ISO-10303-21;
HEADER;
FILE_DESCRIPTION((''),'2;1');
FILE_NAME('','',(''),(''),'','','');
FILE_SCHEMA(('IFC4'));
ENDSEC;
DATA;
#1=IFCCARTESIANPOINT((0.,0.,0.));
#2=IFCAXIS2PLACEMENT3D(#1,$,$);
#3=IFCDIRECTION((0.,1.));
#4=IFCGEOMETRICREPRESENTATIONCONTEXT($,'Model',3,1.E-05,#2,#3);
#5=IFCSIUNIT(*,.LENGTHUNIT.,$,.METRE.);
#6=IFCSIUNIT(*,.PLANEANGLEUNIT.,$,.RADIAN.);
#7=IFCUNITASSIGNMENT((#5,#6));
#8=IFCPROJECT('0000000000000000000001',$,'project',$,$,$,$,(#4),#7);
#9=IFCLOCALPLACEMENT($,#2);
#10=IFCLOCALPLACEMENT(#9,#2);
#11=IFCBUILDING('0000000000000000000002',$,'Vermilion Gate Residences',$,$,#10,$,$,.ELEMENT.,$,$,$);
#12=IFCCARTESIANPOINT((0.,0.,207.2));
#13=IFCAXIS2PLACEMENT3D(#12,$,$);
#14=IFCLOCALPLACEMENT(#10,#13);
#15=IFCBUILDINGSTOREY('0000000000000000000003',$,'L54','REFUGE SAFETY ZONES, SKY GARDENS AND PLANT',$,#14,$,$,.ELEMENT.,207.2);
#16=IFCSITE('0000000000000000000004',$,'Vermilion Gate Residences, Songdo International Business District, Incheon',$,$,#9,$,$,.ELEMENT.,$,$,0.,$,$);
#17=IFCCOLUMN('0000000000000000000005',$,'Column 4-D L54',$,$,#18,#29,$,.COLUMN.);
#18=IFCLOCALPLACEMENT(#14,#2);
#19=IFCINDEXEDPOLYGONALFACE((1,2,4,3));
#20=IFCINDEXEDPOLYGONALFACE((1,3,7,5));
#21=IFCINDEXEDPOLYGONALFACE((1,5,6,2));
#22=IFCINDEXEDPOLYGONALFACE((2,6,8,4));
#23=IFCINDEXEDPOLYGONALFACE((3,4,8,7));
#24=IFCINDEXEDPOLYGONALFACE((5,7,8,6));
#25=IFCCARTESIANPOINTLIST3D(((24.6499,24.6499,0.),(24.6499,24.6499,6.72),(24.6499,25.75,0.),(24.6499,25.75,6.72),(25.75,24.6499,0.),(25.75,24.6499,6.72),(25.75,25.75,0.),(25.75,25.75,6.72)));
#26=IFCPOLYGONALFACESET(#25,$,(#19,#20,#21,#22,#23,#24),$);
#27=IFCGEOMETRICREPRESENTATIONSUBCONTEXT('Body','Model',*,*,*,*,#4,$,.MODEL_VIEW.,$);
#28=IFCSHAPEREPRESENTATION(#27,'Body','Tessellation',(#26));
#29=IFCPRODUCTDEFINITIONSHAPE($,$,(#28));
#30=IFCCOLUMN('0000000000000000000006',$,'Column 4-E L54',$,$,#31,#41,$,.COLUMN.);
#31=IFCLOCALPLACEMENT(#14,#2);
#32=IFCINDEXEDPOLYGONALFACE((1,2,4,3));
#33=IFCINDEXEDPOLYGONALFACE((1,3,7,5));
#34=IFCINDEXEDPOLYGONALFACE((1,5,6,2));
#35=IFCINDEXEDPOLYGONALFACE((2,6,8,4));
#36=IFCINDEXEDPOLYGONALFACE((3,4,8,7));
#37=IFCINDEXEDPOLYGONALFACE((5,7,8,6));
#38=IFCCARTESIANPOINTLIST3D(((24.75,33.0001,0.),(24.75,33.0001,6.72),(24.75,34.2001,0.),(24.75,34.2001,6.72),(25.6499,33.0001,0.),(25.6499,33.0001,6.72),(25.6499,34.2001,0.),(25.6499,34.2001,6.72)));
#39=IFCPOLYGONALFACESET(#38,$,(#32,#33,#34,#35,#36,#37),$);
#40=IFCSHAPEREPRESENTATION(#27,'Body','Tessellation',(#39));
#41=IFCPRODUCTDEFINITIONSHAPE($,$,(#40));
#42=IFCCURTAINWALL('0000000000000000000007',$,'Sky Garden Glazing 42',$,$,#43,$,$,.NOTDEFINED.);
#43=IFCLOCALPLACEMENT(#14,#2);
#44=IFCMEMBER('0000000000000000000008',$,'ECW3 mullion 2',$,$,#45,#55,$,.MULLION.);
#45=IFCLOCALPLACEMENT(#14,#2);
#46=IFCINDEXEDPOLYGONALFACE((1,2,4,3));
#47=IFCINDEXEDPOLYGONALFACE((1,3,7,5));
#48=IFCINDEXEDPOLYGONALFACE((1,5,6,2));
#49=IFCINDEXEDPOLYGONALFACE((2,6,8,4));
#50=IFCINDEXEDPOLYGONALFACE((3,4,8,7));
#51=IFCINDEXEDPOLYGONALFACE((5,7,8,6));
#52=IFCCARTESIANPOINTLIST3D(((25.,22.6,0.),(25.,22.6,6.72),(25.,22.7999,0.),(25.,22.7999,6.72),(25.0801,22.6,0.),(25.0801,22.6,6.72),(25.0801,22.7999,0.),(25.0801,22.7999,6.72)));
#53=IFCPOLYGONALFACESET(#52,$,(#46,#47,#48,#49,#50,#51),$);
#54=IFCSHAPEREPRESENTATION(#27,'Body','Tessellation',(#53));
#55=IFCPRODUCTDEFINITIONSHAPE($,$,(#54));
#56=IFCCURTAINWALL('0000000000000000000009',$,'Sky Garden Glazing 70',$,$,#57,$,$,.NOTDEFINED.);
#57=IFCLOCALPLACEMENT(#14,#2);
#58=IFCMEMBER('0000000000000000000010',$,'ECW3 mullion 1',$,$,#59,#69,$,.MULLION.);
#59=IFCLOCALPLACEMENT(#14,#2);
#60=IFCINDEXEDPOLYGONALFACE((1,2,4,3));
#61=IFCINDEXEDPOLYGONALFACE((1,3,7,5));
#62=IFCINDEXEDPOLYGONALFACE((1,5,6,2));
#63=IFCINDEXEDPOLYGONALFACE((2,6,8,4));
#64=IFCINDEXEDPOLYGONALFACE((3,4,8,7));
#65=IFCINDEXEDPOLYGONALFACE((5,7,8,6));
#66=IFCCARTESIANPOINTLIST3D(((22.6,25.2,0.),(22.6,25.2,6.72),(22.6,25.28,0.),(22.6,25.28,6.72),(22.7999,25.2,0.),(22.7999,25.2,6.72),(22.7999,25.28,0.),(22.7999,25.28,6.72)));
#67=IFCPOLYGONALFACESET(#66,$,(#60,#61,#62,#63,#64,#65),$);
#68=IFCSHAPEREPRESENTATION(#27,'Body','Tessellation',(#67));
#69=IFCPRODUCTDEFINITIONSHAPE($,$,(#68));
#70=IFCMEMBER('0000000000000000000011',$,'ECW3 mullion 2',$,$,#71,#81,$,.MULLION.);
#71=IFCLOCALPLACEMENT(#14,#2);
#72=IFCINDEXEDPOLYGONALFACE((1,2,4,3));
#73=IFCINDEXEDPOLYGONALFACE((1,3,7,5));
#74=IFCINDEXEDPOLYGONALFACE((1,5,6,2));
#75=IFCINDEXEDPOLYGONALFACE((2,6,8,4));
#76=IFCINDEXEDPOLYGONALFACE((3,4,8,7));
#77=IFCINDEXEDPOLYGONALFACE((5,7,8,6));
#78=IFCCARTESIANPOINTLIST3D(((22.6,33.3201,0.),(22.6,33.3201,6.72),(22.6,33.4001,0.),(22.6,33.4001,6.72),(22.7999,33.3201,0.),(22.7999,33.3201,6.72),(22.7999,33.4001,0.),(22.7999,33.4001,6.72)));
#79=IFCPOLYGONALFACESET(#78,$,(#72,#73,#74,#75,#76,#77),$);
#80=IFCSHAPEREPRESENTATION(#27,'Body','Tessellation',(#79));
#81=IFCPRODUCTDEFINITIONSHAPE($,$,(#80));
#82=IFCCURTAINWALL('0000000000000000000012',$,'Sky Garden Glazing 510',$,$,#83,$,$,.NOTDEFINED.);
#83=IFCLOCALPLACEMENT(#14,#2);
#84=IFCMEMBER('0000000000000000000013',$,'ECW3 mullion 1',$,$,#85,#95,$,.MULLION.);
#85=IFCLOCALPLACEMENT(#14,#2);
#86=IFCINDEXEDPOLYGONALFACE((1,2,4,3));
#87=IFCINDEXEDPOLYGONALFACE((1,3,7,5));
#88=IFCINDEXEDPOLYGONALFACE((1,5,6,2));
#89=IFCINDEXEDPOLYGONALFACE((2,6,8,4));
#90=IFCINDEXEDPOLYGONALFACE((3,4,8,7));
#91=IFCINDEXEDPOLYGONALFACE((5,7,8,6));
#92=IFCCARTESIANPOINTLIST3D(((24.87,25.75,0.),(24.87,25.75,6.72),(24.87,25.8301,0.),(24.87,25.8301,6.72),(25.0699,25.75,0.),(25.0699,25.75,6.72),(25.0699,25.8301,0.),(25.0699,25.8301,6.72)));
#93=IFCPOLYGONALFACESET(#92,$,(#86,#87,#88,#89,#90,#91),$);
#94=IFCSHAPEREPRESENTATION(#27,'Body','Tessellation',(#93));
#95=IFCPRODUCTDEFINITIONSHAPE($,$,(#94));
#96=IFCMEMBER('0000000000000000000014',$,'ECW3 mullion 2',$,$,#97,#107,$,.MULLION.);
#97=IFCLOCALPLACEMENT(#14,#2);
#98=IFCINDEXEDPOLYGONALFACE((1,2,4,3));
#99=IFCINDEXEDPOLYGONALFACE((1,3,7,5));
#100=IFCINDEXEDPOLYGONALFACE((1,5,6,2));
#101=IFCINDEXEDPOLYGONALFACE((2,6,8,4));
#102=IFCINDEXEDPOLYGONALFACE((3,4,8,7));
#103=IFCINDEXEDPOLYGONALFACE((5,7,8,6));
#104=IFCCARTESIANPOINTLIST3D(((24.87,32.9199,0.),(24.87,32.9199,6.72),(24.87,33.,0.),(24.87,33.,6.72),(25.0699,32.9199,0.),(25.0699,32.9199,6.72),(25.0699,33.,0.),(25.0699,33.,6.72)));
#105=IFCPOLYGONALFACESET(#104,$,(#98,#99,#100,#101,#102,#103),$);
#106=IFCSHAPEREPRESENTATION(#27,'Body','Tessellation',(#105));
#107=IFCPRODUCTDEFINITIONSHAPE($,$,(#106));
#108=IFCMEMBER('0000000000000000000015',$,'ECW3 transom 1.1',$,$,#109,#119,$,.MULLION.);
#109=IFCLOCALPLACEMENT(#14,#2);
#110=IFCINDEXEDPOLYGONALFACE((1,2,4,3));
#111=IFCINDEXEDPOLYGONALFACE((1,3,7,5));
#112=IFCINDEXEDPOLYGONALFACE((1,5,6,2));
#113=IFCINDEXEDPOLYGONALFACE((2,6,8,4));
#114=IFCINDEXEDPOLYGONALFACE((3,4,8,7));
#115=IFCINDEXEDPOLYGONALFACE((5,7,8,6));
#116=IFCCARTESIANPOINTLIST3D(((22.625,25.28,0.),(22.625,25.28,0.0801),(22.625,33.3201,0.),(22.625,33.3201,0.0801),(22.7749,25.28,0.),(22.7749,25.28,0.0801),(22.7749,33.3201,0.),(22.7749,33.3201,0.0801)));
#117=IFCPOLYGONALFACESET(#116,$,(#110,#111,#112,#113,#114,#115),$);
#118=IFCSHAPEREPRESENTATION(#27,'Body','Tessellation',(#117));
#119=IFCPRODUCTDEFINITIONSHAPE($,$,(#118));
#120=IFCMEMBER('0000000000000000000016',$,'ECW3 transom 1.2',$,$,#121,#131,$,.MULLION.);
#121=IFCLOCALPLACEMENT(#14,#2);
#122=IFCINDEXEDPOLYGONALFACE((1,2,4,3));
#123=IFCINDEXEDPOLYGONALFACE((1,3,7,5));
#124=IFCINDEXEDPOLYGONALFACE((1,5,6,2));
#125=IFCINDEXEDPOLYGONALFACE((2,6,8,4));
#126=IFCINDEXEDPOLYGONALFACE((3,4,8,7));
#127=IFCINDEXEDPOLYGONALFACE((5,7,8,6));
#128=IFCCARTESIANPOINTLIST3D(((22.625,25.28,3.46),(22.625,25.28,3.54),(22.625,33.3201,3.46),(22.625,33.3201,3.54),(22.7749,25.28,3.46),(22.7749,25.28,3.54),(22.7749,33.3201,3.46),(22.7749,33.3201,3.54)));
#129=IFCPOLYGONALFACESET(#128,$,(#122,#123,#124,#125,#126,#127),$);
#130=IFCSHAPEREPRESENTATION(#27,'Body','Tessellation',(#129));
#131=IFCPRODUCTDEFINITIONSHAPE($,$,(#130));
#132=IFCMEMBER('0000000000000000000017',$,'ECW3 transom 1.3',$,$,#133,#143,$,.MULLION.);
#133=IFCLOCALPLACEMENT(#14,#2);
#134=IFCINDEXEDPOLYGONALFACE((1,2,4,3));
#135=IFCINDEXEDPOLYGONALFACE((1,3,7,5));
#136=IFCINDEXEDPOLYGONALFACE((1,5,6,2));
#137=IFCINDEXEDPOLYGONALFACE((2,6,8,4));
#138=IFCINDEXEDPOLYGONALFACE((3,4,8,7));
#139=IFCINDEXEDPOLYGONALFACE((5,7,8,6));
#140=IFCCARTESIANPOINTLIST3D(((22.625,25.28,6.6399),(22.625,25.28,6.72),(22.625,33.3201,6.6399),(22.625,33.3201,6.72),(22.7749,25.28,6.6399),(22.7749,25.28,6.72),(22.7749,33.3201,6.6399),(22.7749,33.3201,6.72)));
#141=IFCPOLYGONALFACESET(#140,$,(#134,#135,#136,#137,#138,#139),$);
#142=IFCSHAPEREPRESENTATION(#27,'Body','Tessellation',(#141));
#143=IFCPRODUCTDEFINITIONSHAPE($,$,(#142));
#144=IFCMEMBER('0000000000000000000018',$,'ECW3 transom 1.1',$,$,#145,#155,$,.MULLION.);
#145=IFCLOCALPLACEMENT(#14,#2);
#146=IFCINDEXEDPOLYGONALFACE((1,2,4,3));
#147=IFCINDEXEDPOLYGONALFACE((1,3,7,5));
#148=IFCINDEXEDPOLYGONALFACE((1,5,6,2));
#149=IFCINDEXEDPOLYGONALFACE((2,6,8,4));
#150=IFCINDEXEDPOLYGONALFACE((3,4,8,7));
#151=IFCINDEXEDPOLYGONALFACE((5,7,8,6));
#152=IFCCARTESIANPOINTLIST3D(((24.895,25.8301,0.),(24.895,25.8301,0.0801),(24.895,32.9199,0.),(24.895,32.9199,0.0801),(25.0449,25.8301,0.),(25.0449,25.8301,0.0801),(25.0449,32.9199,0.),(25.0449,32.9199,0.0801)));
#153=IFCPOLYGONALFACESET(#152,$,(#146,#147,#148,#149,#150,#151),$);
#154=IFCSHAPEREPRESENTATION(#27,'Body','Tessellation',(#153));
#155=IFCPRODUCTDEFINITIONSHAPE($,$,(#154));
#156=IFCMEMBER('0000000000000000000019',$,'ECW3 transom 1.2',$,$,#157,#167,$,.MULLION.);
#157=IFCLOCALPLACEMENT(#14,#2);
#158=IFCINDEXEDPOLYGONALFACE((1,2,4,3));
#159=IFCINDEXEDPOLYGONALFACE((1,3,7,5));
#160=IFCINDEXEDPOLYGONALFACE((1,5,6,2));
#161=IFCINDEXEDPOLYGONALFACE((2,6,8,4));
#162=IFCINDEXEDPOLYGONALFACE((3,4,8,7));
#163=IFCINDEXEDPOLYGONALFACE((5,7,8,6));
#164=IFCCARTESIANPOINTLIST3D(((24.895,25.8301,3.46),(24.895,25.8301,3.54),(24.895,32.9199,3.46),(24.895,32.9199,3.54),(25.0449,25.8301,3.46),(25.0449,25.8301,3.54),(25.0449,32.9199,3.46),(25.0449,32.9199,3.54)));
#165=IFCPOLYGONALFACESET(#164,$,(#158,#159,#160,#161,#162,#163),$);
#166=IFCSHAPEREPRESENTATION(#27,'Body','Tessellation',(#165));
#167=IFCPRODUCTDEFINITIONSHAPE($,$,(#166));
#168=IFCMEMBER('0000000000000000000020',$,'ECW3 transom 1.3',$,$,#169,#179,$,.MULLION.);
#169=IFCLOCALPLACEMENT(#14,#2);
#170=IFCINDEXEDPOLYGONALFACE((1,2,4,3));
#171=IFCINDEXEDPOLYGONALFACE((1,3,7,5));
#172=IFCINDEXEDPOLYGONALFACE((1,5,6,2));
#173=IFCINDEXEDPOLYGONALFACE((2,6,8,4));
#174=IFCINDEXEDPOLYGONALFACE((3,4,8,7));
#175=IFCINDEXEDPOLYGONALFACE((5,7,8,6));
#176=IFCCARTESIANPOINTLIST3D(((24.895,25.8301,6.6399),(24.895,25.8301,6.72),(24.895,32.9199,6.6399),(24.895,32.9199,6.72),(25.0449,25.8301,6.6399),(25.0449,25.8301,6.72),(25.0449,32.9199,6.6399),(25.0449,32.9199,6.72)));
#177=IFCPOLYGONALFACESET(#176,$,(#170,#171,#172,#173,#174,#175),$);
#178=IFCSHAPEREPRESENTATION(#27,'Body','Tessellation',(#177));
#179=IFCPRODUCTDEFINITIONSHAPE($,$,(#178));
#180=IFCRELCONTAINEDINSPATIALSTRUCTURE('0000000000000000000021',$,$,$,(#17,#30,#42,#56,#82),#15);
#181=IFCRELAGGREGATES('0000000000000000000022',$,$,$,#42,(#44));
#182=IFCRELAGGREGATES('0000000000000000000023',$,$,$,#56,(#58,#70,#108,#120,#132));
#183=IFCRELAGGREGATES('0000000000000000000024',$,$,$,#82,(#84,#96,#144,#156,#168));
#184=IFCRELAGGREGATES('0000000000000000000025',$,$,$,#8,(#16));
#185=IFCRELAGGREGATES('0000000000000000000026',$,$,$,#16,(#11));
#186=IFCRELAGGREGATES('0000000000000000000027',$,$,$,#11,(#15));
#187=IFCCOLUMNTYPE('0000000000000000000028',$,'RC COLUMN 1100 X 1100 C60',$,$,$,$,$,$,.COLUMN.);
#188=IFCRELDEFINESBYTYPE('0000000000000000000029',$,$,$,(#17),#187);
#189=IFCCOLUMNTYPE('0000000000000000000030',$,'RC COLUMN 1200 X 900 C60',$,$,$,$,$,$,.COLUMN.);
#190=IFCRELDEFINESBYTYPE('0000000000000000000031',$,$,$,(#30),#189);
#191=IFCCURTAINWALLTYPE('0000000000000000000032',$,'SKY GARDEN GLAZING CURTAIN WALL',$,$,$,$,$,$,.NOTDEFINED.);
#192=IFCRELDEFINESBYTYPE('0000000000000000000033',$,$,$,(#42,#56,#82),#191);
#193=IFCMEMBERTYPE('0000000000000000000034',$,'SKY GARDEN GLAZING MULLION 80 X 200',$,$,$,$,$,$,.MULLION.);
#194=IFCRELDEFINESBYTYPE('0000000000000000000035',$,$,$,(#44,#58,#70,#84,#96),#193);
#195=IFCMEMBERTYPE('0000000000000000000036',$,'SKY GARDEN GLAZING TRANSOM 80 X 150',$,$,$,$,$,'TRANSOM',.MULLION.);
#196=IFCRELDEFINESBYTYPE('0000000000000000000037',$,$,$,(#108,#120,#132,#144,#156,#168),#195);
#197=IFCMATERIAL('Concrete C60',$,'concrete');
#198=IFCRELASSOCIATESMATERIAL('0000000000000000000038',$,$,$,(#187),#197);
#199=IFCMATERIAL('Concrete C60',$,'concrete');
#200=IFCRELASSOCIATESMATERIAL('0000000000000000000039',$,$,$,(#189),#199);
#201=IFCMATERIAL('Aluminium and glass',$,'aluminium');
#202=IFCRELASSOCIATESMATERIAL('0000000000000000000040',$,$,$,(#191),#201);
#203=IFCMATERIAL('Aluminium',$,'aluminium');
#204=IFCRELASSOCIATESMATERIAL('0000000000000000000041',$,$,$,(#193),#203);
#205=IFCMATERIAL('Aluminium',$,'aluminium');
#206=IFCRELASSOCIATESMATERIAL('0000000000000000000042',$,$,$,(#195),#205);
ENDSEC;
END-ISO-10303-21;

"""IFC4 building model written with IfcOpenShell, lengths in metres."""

from ifc_helpers import new_model, si_unit, direction, frame, origin, origin_2d, place, context, subcontext, project, spatial, rectangle, extrude, material, material_profile, profile_set, type_object, element, aggregate, save


model = new_model("IFC4")

# Units and contexts
model_context = context("Model", 3, precision=1e-05, world=origin(), true_north=direction((0.0, 1.0)))
body_context = subcontext(model_context, "Body", "Model", "MODEL_VIEW")
ifc_project = project(units=[si_unit("LENGTHUNIT", "METRE"), si_unit("PLANEANGLEUNIT", "RADIAN")], contexts=[model_context])

# Site, building, storey
site_placement = place(None, origin())
site = spatial("IfcSite", under=ifc_project, at=site_placement, Name="Vermilion Gate Residences, Songdo International Business District, Incheon", CompositionType="ELEMENT", RefElevation=0.0)
building_placement = place(site_placement, origin())
building = spatial("IfcBuilding", under=site, at=building_placement, Name="Vermilion Gate Residences", CompositionType="ELEMENT")
storey_placement = place(building_placement, frame((0.0, 0.0, 207.2)))
storey = spatial("IfcBuildingStorey", under=building, at=storey_placement, Name="L54", Description="REFUGE SAFETY ZONES, SKY GARDENS AND PLANT", CompositionType="ELEMENT", Elevation=207.2)

# Columns
ifc_material_1 = material(Name="Concrete C60", Category="concrete")
ifc_material_profile_1 = material_profile(ifc_material_1, rectangle(XDim=1.1001, YDim=1.1001, at=origin_2d()), Name="RC-1100x1100")
ifc_profile_set_1 = profile_set([ifc_material_profile_1], Name="Concrete C60")
column_type_1 = type_object("IfcColumnType", Name="RC COLUMN 1100 X 1100 C60", PredefinedType="COLUMN", material=ifc_profile_set_1)
column_1_placement = place(storey_placement, frame((25.2, 25.2, 0.0), z_axis=(0.0, 0.0, 1.0), x_axis=(1.0, 0.0, 0.0)))
element("IfcColumn", 1, at=column_1_placement, inside=storey, type_object=column_type_1, Name="Column 4-D L54", PredefinedType="COLUMN", context=body_context, shape_type="SweptSolid", body=[
    extrude(rectangle(XDim=1.1001, YDim=1.1001, at=origin_2d()), origin(), (0.0, 0.0, 1.0), 6.72),
])
ifc_material_2 = material(Name="Concrete C60", Category="concrete")
ifc_material_profile_2 = material_profile(ifc_material_2, rectangle(XDim=1.2, YDim=0.8999, at=origin_2d()), Name="RC-1200x900")
ifc_profile_set_2 = profile_set([ifc_material_profile_2], Name="Concrete C60")
column_type_2 = type_object("IfcColumnType", Name="RC COLUMN 1200 X 900 C60", PredefinedType="COLUMN", material=ifc_profile_set_2)
column_2_placement = place(storey_placement, frame((25.2, 33.6001, 0.0), z_axis=(0.0, 0.0, 1.0), x_axis=(0.0, 1.0, 0.0)))
element("IfcColumn", 2, at=column_2_placement, inside=storey, type_object=column_type_2, Name="Column 4-E L54", PredefinedType="COLUMN", context=body_context, shape_type="SweptSolid", body=[
    extrude(rectangle(XDim=1.2, YDim=0.8999, at=origin_2d()), origin(), (0.0, 0.0, 1.0), 6.72),
])

# Curtain wall, member
ifc_material_3 = material(Name="Aluminium and glass", Category="aluminium")
curtain_wall_type = type_object("IfcCurtainWallType", Name="SKY GARDEN GLAZING CURTAIN WALL", PredefinedType="NOTDEFINED", material=ifc_material_3)
curtain_wall_1_placement = place(storey_placement, origin())
curtain_wall_1 = element("IfcCurtainWall", 3, at=curtain_wall_1_placement, inside=storey, type_object=curtain_wall_type, Name="Sky Garden Glazing 42", PredefinedType="NOTDEFINED")
ifc_material_4 = material(Name="Aluminium", Category="aluminium")
ifc_material_profile_3 = material_profile(ifc_material_4, rectangle(XDim=0.2, YDim=0.0801, at=origin_2d()), Name="MULLION 80 X 200")
ifc_profile_set_3 = profile_set([ifc_material_profile_3], Name="Aluminium")
member_type_1 = type_object("IfcMemberType", Name="SKY GARDEN GLAZING MULLION 80 X 200", PredefinedType="MULLION", material=ifc_profile_set_3)
member_1_placement = place(storey_placement, frame((25.04, 22.7, 0.0), z_axis=(0.0, 0.0, 1.0), x_axis=(0.0, -1.0, 0.0)))
member_1 = element("IfcMember", 4, at=member_1_placement, type_object=member_type_1, Name="ECW3 mullion 2", PredefinedType="MULLION", context=body_context, shape_type="SweptSolid", body=[
    extrude(rectangle(XDim=0.2, YDim=0.0801, at=origin_2d()), origin(), (0.0, 0.0, 1.0), 6.72),
])
aggregate(curtain_wall_1, [member_1])

# Curtain walls, members
curtain_wall_2_placement = place(storey_placement, origin())
curtain_wall_2 = element("IfcCurtainWall", 5, at=curtain_wall_2_placement, inside=storey, type_object=curtain_wall_type, Name="Sky Garden Glazing 70", PredefinedType="NOTDEFINED")
member_2_placement = place(storey_placement, frame((22.7, 25.24, 0.0), z_axis=(0.0, 0.0, 1.0), x_axis=(-1.0, 0.0, 0.0)))
member_2 = element("IfcMember", 6, at=member_2_placement, type_object=member_type_1, Name="ECW3 mullion 1", PredefinedType="MULLION", context=body_context, shape_type="SweptSolid", body=[
    extrude(rectangle(XDim=0.2, YDim=0.0801, at=origin_2d()), origin(), (0.0, 0.0, 1.0), 6.72),
])
member_3_placement = place(storey_placement, frame((22.7, 33.3601, 0.0), z_axis=(0.0, 0.0, 1.0), x_axis=(-1.0, 0.0, 0.0)))
member_3 = element("IfcMember", 7, at=member_3_placement, type_object=member_type_1, Name="ECW3 mullion 2", PredefinedType="MULLION", context=body_context, shape_type="SweptSolid", body=[
    extrude(rectangle(XDim=0.2, YDim=0.0801, at=origin_2d()), origin(), (0.0, 0.0, 1.0), 6.72),
])
curtain_wall_3_placement = place(storey_placement, origin())
curtain_wall_3 = element("IfcCurtainWall", 8, at=curtain_wall_3_placement, inside=storey, type_object=curtain_wall_type, Name="Sky Garden Glazing 510", PredefinedType="NOTDEFINED")
member_4_placement = place(storey_placement, frame((24.97, 25.79, 0.0), z_axis=(0.0, 0.0, 1.0), x_axis=(-1.0, 0.0, 0.0)))
member_4 = element("IfcMember", 9, at=member_4_placement, type_object=member_type_1, Name="ECW3 mullion 1", PredefinedType="MULLION", context=body_context, shape_type="SweptSolid", body=[
    extrude(rectangle(XDim=0.2, YDim=0.0801, at=origin_2d()), origin(), (0.0, 0.0, 1.0), 6.72),
])
member_5_placement = place(storey_placement, frame((24.97, 32.96, 0.0), z_axis=(0.0, 0.0, 1.0), x_axis=(-1.0, 0.0, 0.0)))
member_5 = element("IfcMember", 10, at=member_5_placement, type_object=member_type_1, Name="ECW3 mullion 2", PredefinedType="MULLION", context=body_context, shape_type="SweptSolid", body=[
    extrude(rectangle(XDim=0.2, YDim=0.0801, at=origin_2d()), origin(), (0.0, 0.0, 1.0), 6.72),
])

# Members
ifc_material_5 = material(Name="Aluminium", Category="aluminium")
ifc_material_profile_4 = material_profile(ifc_material_5, rectangle(XDim=0.1499, YDim=0.0801, at=origin_2d()), Name="TRANSOM 80 X 150")
ifc_profile_set_4 = profile_set([ifc_material_profile_4], Name="Aluminium")
member_type_2 = type_object("IfcMemberType", Name="SKY GARDEN GLAZING TRANSOM 80 X 150", ElementType="TRANSOM", PredefinedType="MULLION", material=ifc_profile_set_4)
member_6_placement = place(storey_placement, frame((22.7, 25.28, 0.04), z_axis=(0.0, 1.0, 0.0), x_axis=(-1.0, 0.0, 0.0)))
member_6 = element("IfcMember", 11, at=member_6_placement, type_object=member_type_2, Name="ECW3 transom 1.1", PredefinedType="MULLION", context=body_context, shape_type="SweptSolid", body=[
    extrude(rectangle(XDim=0.1499, YDim=0.0801, at=origin_2d()), origin(), (0.0, 0.0, 1.0), 8.04),
])
member_7_placement = place(storey_placement, frame((22.7, 25.28, 3.5), z_axis=(0.0, 1.0, 0.0), x_axis=(-1.0, 0.0, 0.0)))
member_7 = element("IfcMember", 12, at=member_7_placement, type_object=member_type_2, Name="ECW3 transom 1.2", PredefinedType="MULLION", context=body_context, shape_type="SweptSolid", body=[
    extrude(rectangle(XDim=0.1499, YDim=0.0801, at=origin_2d()), origin(), (0.0, 0.0, 1.0), 8.04),
])
member_8_placement = place(storey_placement, frame((22.7, 25.28, 6.6799), z_axis=(0.0, 1.0, 0.0), x_axis=(-1.0, 0.0, 0.0)))
member_8 = element("IfcMember", 13, at=member_8_placement, type_object=member_type_2, Name="ECW3 transom 1.3", PredefinedType="MULLION", context=body_context, shape_type="SweptSolid", body=[
    extrude(rectangle(XDim=0.1499, YDim=0.0801, at=origin_2d()), origin(), (0.0, 0.0, 1.0), 8.04),
])
member_9_placement = place(storey_placement, frame((24.97, 25.8301, 0.04), z_axis=(0.0, 1.0, 0.0), x_axis=(-1.0, 0.0, 0.0)))
member_9 = element("IfcMember", 14, at=member_9_placement, type_object=member_type_2, Name="ECW3 transom 1.1", PredefinedType="MULLION", context=body_context, shape_type="SweptSolid", body=[
    extrude(rectangle(XDim=0.1499, YDim=0.0801, at=origin_2d()), origin(), (0.0, 0.0, 1.0), 7.0898),
])
member_10_placement = place(storey_placement, frame((24.97, 25.8301, 3.5), z_axis=(0.0, 1.0, 0.0), x_axis=(-1.0, 0.0, 0.0)))
member_10 = element("IfcMember", 15, at=member_10_placement, type_object=member_type_2, Name="ECW3 transom 1.2", PredefinedType="MULLION", context=body_context, shape_type="SweptSolid", body=[
    extrude(rectangle(XDim=0.1499, YDim=0.0801, at=origin_2d()), origin(), (0.0, 0.0, 1.0), 7.0898),
])
member_11_placement = place(storey_placement, frame((24.97, 25.8301, 6.6799), z_axis=(0.0, 1.0, 0.0), x_axis=(-1.0, 0.0, 0.0)))
member_11 = element("IfcMember", 16, at=member_11_placement, type_object=member_type_2, Name="ECW3 transom 1.3", PredefinedType="MULLION", context=body_context, shape_type="SweptSolid", body=[
    extrude(rectangle(XDim=0.1499, YDim=0.0801, at=origin_2d()), origin(), (0.0, 0.0, 1.0), 7.0898),
])

aggregate(curtain_wall_2, [member_2, member_3, member_6, member_7, member_8])
aggregate(curtain_wall_3, [member_4, member_5, member_9, member_10, member_11])

save(model, "model.ifc")
